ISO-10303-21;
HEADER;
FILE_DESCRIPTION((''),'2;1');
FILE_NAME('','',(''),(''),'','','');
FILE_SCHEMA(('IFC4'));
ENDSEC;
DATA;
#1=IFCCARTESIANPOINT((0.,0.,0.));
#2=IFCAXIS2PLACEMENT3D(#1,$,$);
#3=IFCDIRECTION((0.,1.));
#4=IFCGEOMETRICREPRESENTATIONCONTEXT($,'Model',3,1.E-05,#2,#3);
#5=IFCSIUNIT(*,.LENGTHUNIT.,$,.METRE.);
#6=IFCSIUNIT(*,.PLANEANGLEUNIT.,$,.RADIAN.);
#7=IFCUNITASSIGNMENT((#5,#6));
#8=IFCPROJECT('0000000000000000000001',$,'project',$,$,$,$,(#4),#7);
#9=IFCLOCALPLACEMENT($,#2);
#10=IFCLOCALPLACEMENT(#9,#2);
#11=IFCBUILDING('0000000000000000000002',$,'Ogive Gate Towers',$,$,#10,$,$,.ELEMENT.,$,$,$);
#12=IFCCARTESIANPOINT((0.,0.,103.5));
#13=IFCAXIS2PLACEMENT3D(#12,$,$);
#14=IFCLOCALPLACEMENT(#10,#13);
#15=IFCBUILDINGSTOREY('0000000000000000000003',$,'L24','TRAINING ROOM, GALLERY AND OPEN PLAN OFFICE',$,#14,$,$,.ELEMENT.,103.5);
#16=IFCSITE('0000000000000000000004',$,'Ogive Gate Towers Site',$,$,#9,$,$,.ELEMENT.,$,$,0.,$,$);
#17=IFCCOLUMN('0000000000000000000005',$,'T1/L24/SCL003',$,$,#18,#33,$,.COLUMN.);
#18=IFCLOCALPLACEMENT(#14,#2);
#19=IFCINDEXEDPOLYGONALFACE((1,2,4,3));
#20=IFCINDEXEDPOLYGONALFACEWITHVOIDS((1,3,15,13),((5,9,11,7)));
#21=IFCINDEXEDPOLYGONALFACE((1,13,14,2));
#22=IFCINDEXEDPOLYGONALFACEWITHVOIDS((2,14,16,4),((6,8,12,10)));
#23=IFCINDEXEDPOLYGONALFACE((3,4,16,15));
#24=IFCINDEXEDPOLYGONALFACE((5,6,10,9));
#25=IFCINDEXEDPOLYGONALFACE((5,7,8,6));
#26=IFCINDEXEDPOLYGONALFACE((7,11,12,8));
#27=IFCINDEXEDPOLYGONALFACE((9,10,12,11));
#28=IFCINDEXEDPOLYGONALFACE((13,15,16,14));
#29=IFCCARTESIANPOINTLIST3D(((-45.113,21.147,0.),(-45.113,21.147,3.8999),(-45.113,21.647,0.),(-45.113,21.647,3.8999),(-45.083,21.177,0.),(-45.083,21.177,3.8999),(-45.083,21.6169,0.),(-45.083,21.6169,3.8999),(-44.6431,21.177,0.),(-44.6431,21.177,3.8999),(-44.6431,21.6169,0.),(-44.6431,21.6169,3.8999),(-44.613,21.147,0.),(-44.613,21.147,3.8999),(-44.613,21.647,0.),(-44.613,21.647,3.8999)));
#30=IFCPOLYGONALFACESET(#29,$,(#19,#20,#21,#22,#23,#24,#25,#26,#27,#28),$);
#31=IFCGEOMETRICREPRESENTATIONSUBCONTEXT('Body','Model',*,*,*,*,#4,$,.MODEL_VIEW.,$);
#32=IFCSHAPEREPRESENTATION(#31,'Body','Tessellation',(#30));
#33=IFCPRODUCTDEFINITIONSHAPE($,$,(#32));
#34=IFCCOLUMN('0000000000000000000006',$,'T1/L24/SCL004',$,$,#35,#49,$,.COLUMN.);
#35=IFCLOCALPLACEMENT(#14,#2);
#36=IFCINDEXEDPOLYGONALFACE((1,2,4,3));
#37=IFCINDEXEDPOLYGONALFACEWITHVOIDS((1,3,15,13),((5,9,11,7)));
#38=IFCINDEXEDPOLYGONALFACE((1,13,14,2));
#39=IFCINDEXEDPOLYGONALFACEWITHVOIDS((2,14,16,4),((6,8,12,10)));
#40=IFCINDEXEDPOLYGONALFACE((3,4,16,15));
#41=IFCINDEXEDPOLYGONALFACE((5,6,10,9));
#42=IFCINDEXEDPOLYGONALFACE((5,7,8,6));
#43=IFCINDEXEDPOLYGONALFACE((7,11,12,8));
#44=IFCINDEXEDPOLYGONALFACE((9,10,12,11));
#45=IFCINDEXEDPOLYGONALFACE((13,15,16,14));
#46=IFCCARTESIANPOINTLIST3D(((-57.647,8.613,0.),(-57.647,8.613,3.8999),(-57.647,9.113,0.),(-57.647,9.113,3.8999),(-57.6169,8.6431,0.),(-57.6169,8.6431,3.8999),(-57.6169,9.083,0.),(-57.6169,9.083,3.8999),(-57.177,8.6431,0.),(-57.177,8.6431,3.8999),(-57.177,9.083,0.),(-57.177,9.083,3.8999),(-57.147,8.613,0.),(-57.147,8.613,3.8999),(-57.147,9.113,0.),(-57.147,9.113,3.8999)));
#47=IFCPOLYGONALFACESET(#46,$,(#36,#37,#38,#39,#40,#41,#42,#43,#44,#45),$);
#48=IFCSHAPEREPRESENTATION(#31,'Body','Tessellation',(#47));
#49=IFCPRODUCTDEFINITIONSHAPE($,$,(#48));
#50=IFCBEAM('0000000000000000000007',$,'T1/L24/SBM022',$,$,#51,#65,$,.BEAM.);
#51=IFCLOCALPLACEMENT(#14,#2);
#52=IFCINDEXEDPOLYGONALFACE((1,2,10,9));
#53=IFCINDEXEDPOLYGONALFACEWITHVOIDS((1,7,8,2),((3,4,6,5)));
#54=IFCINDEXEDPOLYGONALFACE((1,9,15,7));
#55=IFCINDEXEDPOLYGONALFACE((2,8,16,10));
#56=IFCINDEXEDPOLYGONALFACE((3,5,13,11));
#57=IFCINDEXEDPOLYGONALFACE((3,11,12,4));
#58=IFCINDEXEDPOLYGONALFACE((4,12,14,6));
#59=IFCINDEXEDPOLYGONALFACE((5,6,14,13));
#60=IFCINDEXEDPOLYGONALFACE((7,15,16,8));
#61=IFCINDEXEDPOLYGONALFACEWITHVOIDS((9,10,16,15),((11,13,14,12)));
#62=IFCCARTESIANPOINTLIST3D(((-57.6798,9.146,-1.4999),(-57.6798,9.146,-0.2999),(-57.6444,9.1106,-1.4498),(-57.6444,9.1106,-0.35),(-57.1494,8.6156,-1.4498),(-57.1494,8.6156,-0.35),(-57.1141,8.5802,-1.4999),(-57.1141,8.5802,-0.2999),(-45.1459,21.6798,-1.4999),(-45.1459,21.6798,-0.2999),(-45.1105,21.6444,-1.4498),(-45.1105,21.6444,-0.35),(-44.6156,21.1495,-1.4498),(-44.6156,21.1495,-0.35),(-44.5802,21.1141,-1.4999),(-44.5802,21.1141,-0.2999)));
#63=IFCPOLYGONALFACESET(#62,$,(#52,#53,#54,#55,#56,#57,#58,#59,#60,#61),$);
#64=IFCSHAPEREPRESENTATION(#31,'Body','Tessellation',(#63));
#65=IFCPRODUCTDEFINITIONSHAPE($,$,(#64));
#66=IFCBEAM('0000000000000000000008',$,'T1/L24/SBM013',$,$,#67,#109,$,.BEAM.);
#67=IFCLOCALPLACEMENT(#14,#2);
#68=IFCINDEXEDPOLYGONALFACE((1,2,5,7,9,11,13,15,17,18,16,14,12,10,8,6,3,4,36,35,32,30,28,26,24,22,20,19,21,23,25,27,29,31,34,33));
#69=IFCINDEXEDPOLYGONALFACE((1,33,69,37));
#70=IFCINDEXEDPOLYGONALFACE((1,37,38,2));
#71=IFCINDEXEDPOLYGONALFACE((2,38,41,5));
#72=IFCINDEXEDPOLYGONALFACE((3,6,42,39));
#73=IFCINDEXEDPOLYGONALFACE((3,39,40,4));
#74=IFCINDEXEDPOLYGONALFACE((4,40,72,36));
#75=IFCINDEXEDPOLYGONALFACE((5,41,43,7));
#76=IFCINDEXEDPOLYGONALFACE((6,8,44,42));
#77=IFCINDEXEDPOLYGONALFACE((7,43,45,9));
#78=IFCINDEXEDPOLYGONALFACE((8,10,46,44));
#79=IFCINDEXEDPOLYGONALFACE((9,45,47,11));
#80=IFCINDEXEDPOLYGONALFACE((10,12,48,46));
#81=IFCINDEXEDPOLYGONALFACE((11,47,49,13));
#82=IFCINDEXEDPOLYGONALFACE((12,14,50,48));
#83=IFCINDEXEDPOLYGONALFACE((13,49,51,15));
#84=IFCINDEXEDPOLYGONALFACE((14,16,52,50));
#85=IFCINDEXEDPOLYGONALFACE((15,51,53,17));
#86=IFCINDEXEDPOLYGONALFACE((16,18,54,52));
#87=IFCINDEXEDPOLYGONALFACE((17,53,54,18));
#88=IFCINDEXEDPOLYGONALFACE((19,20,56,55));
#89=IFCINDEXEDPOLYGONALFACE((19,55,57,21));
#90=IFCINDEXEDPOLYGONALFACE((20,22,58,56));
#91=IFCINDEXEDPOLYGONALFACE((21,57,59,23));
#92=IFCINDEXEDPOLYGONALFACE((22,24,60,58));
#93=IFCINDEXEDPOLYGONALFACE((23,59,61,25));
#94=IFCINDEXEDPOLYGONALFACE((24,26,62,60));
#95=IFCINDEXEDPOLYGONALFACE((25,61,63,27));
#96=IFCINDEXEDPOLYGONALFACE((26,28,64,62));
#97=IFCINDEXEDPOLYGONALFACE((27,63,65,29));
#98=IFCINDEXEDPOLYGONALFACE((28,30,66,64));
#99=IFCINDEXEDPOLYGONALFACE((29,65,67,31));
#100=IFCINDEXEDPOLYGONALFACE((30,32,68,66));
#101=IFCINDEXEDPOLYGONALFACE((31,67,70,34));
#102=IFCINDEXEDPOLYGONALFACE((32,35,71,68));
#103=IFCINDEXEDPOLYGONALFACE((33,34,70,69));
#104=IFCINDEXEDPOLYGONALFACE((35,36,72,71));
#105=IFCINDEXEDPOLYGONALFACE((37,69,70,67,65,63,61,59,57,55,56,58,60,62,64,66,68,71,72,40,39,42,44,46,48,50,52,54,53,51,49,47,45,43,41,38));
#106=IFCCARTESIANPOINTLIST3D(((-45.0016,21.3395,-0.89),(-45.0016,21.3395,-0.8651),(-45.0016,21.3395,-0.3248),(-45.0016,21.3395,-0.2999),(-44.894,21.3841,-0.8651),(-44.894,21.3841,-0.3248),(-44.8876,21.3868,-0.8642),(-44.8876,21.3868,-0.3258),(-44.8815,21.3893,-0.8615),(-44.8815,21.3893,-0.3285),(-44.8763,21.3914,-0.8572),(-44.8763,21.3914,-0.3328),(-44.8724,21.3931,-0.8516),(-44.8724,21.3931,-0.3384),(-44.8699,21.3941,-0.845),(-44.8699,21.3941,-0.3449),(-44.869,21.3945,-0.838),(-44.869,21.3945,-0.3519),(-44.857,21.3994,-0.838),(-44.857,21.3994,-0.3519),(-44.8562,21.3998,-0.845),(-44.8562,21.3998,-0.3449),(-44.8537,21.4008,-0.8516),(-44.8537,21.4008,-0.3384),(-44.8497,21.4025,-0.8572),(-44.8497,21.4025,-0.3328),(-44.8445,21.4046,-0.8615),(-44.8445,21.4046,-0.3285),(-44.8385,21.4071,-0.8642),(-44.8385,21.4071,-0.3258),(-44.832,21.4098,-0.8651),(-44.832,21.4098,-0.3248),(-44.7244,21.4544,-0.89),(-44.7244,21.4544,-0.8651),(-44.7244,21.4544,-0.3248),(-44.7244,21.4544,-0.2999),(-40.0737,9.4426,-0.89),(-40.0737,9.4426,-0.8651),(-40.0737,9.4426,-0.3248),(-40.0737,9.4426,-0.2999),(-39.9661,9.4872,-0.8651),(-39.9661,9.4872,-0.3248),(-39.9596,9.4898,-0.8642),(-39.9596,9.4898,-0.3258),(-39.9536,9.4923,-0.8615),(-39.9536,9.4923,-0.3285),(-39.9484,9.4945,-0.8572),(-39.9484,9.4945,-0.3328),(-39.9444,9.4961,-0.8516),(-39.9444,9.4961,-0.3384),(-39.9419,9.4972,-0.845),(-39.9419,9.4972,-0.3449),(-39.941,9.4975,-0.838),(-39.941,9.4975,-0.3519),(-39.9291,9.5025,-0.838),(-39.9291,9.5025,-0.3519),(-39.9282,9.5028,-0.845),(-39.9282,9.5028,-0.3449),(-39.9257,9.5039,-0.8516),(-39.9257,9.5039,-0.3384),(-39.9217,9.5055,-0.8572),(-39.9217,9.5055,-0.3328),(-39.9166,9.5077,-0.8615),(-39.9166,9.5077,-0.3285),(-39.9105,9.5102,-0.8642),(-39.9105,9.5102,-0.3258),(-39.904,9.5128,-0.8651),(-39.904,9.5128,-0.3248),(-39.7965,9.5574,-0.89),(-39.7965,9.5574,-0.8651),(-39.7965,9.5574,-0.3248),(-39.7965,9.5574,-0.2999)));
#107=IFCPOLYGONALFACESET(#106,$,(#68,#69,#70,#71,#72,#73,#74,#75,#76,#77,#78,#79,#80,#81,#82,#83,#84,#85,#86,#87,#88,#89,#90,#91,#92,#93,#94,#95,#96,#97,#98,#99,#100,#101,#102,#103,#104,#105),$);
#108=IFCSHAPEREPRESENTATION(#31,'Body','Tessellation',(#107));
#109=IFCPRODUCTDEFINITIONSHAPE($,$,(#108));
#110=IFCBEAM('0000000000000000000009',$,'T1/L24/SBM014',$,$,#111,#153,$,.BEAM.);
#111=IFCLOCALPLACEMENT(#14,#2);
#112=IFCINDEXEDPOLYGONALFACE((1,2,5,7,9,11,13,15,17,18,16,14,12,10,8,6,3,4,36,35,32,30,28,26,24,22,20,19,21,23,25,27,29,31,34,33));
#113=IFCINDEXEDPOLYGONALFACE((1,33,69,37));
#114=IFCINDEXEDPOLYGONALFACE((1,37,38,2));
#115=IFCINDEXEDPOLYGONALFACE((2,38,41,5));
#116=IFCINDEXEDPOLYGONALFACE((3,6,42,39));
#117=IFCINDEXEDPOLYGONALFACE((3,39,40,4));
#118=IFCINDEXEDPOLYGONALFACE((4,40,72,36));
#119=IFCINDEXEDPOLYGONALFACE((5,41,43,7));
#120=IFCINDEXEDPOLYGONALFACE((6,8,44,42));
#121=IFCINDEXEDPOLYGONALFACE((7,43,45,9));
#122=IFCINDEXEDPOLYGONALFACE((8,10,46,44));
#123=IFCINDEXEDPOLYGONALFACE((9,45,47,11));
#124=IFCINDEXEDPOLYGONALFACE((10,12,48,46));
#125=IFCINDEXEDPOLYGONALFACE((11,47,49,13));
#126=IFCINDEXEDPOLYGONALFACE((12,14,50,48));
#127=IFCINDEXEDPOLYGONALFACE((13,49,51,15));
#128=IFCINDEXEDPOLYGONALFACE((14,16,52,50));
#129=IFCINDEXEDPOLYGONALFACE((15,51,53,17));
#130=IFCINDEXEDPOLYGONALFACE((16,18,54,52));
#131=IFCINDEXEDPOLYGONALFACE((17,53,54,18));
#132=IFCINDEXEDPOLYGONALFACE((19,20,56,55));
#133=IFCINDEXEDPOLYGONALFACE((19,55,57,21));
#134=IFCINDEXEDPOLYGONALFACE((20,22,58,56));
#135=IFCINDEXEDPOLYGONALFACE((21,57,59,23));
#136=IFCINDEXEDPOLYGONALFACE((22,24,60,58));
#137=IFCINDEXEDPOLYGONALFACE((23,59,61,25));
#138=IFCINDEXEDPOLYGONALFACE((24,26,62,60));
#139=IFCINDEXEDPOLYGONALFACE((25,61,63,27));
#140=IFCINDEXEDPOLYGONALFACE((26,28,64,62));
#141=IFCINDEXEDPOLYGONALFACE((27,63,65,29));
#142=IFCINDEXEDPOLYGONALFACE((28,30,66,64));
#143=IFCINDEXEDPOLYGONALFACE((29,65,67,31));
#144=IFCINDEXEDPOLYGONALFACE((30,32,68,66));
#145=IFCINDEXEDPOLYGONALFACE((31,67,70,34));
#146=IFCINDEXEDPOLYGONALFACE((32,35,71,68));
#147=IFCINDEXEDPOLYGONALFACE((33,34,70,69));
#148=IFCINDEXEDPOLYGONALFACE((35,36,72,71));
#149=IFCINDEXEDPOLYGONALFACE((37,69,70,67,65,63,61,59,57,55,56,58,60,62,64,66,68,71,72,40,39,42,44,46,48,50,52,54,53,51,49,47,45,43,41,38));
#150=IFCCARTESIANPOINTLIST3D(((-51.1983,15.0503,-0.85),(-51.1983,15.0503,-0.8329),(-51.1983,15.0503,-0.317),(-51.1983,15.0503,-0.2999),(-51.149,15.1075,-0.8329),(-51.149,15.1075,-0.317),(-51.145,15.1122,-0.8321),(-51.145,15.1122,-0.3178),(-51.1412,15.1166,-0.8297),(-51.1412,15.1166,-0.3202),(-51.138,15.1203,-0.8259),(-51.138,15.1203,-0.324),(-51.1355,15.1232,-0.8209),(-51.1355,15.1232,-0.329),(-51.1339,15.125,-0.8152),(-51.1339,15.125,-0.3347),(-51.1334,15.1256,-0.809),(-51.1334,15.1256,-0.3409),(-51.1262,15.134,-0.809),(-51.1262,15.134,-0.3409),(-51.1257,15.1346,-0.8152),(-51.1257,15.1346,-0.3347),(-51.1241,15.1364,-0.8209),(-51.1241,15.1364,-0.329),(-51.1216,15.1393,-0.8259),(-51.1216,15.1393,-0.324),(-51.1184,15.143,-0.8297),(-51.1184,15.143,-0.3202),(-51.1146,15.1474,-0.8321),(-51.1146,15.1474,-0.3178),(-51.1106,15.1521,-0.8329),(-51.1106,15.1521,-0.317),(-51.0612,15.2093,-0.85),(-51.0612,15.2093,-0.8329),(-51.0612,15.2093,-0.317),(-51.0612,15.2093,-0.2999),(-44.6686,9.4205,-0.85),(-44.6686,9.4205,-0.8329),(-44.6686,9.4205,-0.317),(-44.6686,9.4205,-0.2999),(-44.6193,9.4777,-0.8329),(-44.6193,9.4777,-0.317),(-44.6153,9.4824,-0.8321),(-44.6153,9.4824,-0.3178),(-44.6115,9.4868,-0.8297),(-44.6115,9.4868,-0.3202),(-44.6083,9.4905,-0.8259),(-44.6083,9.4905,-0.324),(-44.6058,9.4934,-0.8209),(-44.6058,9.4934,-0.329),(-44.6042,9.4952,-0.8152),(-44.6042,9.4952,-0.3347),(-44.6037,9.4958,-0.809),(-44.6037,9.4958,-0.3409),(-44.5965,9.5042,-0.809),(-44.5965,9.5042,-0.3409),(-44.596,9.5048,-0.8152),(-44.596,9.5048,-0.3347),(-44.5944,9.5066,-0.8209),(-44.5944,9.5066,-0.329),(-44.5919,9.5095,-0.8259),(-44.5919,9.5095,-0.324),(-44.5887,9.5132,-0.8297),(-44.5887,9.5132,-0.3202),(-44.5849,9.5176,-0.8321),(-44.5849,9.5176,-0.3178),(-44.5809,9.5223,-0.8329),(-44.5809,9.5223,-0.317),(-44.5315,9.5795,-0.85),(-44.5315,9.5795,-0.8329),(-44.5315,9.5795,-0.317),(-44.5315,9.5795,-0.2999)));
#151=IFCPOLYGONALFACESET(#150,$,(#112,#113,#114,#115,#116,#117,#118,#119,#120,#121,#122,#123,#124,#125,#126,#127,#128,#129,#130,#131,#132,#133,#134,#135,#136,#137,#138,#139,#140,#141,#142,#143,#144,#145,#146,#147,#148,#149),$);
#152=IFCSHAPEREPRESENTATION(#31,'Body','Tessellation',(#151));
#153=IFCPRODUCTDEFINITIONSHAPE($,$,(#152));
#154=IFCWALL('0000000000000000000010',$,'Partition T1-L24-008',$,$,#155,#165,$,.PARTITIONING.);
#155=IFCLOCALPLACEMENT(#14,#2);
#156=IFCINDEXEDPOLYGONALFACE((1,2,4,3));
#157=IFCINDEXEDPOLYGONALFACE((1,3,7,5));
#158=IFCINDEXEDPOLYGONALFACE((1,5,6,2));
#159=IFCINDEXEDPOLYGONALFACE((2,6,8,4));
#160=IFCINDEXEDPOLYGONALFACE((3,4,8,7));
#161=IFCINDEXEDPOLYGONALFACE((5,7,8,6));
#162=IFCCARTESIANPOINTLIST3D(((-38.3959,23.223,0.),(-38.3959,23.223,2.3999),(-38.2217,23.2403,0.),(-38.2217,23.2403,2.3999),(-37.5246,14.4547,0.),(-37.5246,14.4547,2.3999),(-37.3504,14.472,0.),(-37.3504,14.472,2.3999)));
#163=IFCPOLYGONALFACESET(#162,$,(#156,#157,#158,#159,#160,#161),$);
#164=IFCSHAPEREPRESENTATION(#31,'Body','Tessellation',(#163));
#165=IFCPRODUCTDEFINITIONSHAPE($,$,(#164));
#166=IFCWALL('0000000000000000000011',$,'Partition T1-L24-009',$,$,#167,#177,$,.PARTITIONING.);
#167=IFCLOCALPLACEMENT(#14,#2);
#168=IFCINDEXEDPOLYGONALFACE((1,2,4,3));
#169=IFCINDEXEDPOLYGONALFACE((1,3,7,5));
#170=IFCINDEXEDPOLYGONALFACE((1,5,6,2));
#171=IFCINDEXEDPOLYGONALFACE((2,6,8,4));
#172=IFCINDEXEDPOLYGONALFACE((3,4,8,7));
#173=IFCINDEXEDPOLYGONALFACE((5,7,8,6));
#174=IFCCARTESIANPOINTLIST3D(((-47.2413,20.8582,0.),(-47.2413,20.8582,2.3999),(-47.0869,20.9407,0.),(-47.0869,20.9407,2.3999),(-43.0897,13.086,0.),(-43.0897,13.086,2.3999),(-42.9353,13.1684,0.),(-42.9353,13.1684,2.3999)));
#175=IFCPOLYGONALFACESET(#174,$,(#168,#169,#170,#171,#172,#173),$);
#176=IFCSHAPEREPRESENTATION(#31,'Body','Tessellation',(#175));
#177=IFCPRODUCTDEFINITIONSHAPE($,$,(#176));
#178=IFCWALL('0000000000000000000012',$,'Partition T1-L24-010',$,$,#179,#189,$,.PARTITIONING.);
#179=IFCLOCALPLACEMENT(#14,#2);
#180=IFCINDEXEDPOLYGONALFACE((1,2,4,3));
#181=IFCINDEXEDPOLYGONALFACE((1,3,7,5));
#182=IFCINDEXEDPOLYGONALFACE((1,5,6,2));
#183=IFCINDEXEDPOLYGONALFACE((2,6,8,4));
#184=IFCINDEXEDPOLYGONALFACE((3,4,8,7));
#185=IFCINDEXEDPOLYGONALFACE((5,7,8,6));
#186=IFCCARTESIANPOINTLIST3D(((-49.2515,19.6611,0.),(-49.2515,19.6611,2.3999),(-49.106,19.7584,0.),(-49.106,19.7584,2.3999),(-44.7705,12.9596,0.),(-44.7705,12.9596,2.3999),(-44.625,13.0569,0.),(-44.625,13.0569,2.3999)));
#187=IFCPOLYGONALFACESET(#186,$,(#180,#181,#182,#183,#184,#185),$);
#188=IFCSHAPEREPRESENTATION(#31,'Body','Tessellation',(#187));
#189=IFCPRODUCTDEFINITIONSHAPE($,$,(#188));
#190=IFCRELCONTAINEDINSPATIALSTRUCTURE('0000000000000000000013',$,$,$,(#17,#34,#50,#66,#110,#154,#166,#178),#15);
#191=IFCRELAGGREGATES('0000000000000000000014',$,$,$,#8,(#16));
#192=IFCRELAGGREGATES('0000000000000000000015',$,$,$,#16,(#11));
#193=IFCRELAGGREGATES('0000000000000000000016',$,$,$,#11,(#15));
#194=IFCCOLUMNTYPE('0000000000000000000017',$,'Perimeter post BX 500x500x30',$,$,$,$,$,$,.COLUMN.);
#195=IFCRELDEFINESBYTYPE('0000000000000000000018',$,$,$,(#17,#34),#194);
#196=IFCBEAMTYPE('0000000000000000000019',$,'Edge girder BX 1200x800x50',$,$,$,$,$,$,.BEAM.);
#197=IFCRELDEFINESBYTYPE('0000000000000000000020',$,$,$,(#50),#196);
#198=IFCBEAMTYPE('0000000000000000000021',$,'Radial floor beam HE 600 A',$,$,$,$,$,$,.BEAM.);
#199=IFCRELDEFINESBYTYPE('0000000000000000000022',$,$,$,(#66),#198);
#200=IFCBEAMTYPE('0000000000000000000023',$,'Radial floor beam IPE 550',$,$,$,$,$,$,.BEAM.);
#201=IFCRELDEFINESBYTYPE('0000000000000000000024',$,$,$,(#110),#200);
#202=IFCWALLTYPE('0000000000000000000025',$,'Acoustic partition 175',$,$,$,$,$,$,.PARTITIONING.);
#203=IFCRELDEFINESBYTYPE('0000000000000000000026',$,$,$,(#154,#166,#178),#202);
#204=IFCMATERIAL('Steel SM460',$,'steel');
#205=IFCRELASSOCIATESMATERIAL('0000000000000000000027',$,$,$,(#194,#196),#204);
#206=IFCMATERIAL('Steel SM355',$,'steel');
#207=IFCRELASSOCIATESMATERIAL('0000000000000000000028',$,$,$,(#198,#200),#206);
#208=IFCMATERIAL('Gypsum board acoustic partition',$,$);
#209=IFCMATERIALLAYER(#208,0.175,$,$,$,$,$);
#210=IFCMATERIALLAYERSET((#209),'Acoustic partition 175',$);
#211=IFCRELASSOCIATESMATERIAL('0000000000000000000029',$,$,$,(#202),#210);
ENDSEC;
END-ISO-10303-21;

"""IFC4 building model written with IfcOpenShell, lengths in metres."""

from ifc_helpers import new_model, si_unit, direction, frame, frame_2d, origin, origin_2d, place, context, subcontext, project, spatial, rectangle, hollow_rectangle, i_section, extrude, material, layer, layer_set, material_profile, profile_set, type_object, element, save


model = new_model("IFC4")

# Units and contexts
model_context = context("Model", 3, precision=1e-05, world=origin(), true_north=direction((0.0, 1.0)))
body_context = subcontext(model_context, "Body", "Model", "MODEL_VIEW")
ifc_project = project(units=[si_unit("LENGTHUNIT", "METRE"), si_unit("PLANEANGLEUNIT", "RADIAN")], contexts=[model_context])

# Site, building, storey
site_placement = place(None, origin())
site = spatial("IfcSite", under=ifc_project, at=site_placement, Name="Ogive Gate Towers Site", CompositionType="ELEMENT", RefElevation=0.0)
building_placement = place(site_placement, origin())
building = spatial("IfcBuilding", under=site, at=building_placement, Name="Ogive Gate Towers", CompositionType="ELEMENT")
storey_placement = place(building_placement, frame((0.0, 0.0, 103.5)))
storey = spatial("IfcBuildingStorey", under=building, at=storey_placement, Name="L24", Description="TRAINING ROOM, GALLERY AND OPEN PLAN OFFICE", CompositionType="ELEMENT", Elevation=103.5)

# Columns
ifc_material_1 = material(Name="Steel SM460", Category="steel")
ifc_material_profile_1 = material_profile(ifc_material_1, hollow_rectangle(XDim=0.5, YDim=0.5, WallThickness=0.03, at=origin_2d()), Name="BX 500x500x30")
ifc_profile_set_1 = profile_set([ifc_material_profile_1], Name="Steel SM460")
column_type = type_object("IfcColumnType", Name="Perimeter post BX 500x500x30", PredefinedType="COLUMN", material=ifc_profile_set_1)
for number, where, z_axis, x_axis, name in (
    (1, (-44.863, 21.397, 0.0), (0.0, 0.0, 1.0), (1.0, 0.0, 0.0), "T1/L24/SCL003"),
    (2, (-57.397, 8.863, 0.0), (0.0, 0.0, 1.0), (1.0, 0.0, 0.0), "T1/L24/SCL004"),
):
    element("IfcColumn", number, at=place(storey_placement, frame(where, z_axis=z_axis, x_axis=x_axis)), inside=storey, type_object=column_type, Name=name, PredefinedType="COLUMN", context=body_context, shape_type="SweptSolid", body=[
        extrude(hollow_rectangle(XDim=0.5, YDim=0.5, WallThickness=0.03, at=origin_2d()), origin(), (0.0, 0.0, 1.0), 3.8999),
    ])

# Beams
ifc_material_profile_2 = material_profile(ifc_material_1, hollow_rectangle(XDim=0.8, YDim=1.2, WallThickness=0.05, at=origin_2d()), Name="BX 1200x800x50")
ifc_profile_set_2 = profile_set([ifc_material_profile_2], Name="Steel SM460")
beam_type_1 = type_object("IfcBeamType", Name="Edge girder BX 1200x800x50", PredefinedType="BEAM", material=ifc_profile_set_2)
beam_1_placement = place(storey_placement, frame((-44.863, 21.397, -0.8999), z_axis=(-0.707107, -0.707107, 0.0), x_axis=(0.707107, -0.707107, 0.0)))
element("IfcBeam", 3, at=beam_1_placement, inside=storey, type_object=beam_type_1, Name="T1/L24/SBM022", PredefinedType="BEAM", context=body_context, shape_type="SweptSolid", body=[
    extrude(hollow_rectangle(XDim=0.8, YDim=1.2, WallThickness=0.05, at=origin_2d()), origin(), (0.0, 0.0, 1.0), 17.7256),
])
ifc_material_2 = material(Name="Steel SM355", Category="steel")
ifc_material_profile_3 = material_profile(ifc_material_2, i_section(OverallWidth=0.3, OverallDepth=0.5901, WebThickness=0.0129, FlangeThickness=0.0249, FilletRadius=0.0271, at=origin_2d()), Name="HE 600 A")
ifc_profile_set_3 = profile_set([ifc_material_profile_3], Name="Steel SM355")
beam_type_2 = type_object("IfcBeamType", Name="Radial floor beam HE 600 A", PredefinedType="BEAM", material=ifc_profile_set_3)
beam_2_placement = place(storey_placement, frame((-39.9351, 9.5, -0.595), z_axis=(-0.382689, 0.923877, 0.0), x_axis=(-0.923877, -0.382689, 0.0)))
element("IfcBeam", 4, at=beam_2_placement, inside=storey, type_object=beam_type_2, Name="T1/L24/SBM013", PredefinedType="BEAM", context=body_context, shape_type="SweptSolid", body=[
    extrude(i_section(OverallWidth=0.3, OverallDepth=0.5901, WebThickness=0.0129, FlangeThickness=0.0249, FilletRadius=0.0271, at=origin_2d()), origin(), (0.0, 0.0, 1.0), 12.8772),
])
ifc_material_profile_4 = material_profile(ifc_material_2, i_section(OverallWidth=0.21, OverallDepth=0.55, WebThickness=0.011, FlangeThickness=0.0171, FilletRadius=0.0239, at=origin_2d()), Name="IPE 550")
ifc_profile_set_4 = profile_set([ifc_material_profile_4], Name="Steel SM355")
beam_type_3 = type_object("IfcBeamType", Name="Radial floor beam IPE 550", PredefinedType="BEAM", material=ifc_profile_set_4)
beam_3_placement = place(storey_placement, frame((-44.6001, 9.5, -0.575), z_axis=(-0.757366, 0.65299, 0.0), x_axis=(-0.65299, -0.757366, 0.0)))
element("IfcBeam", 5, at=beam_3_placement, inside=storey, type_object=beam_type_3, Name="T1/L24/SBM014", PredefinedType="BEAM", context=body_context, shape_type="SweptSolid", body=[
    extrude(i_section(OverallWidth=0.21, OverallDepth=0.55, WebThickness=0.011, FlangeThickness=0.0171, FilletRadius=0.0239, at=origin_2d()), origin(), (0.0, 0.0, 1.0), 8.6216),
])

# Walls
ifc_material_3 = material(Name="Gypsum board acoustic partition")
ifc_layer_1 = layer(ifc_material_3, 0.175)
ifc_layer_set_1 = layer_set([ifc_layer_1], Name="Acoustic partition 175")
wall_type_1 = type_object("IfcWallType", Name="Acoustic partition 175", PredefinedType="PARTITIONING", material=ifc_layer_set_1)
for number, where, z_axis, x_axis, name in (
    (6, (-38.3088, 23.2317, 0.0), (0.0, 0.0, 1.0), (0.098886, -0.995099, 0.0), "Partition T1-L24-008"),
    (7, (-47.1641, 20.8994, 0.0), (0.0, 0.0, 1.0), (0.471156, -0.88205, 0.0), "Partition T1-L24-009"),
):
    element("IfcWall", number, at=place(storey_placement, frame(where, z_axis=z_axis, x_axis=x_axis)), inside=storey, type_object=wall_type_1, Name=name, PredefinedType="PARTITIONING", context=body_context, shape_type="SweptSolid", body=[
        extrude(rectangle(XDim=8.8115, YDim=0.175, at=frame_2d((4.4058, 0.0))), origin(), (0.0, 0.0, 1.0), 2.3999),
    ])
wall_1_placement = place(storey_placement, frame((-49.1787, 19.7097, 0.0), z_axis=(0.0, 0.0, 1.0), x_axis=(0.555846, -0.831285, 0.0)))
element("IfcWall", 8, at=wall_1_placement, inside=storey, type_object=wall_type_1, Name="Partition T1-L24-010", PredefinedType="PARTITIONING", context=body_context, shape_type="SweptSolid", body=[
    extrude(rectangle(XDim=8.0615, YDim=0.175, at=frame_2d((4.0308, 0.0))), origin(), (0.0, 0.0, 1.0), 2.3999),
])

save(model, "model.ifc")
